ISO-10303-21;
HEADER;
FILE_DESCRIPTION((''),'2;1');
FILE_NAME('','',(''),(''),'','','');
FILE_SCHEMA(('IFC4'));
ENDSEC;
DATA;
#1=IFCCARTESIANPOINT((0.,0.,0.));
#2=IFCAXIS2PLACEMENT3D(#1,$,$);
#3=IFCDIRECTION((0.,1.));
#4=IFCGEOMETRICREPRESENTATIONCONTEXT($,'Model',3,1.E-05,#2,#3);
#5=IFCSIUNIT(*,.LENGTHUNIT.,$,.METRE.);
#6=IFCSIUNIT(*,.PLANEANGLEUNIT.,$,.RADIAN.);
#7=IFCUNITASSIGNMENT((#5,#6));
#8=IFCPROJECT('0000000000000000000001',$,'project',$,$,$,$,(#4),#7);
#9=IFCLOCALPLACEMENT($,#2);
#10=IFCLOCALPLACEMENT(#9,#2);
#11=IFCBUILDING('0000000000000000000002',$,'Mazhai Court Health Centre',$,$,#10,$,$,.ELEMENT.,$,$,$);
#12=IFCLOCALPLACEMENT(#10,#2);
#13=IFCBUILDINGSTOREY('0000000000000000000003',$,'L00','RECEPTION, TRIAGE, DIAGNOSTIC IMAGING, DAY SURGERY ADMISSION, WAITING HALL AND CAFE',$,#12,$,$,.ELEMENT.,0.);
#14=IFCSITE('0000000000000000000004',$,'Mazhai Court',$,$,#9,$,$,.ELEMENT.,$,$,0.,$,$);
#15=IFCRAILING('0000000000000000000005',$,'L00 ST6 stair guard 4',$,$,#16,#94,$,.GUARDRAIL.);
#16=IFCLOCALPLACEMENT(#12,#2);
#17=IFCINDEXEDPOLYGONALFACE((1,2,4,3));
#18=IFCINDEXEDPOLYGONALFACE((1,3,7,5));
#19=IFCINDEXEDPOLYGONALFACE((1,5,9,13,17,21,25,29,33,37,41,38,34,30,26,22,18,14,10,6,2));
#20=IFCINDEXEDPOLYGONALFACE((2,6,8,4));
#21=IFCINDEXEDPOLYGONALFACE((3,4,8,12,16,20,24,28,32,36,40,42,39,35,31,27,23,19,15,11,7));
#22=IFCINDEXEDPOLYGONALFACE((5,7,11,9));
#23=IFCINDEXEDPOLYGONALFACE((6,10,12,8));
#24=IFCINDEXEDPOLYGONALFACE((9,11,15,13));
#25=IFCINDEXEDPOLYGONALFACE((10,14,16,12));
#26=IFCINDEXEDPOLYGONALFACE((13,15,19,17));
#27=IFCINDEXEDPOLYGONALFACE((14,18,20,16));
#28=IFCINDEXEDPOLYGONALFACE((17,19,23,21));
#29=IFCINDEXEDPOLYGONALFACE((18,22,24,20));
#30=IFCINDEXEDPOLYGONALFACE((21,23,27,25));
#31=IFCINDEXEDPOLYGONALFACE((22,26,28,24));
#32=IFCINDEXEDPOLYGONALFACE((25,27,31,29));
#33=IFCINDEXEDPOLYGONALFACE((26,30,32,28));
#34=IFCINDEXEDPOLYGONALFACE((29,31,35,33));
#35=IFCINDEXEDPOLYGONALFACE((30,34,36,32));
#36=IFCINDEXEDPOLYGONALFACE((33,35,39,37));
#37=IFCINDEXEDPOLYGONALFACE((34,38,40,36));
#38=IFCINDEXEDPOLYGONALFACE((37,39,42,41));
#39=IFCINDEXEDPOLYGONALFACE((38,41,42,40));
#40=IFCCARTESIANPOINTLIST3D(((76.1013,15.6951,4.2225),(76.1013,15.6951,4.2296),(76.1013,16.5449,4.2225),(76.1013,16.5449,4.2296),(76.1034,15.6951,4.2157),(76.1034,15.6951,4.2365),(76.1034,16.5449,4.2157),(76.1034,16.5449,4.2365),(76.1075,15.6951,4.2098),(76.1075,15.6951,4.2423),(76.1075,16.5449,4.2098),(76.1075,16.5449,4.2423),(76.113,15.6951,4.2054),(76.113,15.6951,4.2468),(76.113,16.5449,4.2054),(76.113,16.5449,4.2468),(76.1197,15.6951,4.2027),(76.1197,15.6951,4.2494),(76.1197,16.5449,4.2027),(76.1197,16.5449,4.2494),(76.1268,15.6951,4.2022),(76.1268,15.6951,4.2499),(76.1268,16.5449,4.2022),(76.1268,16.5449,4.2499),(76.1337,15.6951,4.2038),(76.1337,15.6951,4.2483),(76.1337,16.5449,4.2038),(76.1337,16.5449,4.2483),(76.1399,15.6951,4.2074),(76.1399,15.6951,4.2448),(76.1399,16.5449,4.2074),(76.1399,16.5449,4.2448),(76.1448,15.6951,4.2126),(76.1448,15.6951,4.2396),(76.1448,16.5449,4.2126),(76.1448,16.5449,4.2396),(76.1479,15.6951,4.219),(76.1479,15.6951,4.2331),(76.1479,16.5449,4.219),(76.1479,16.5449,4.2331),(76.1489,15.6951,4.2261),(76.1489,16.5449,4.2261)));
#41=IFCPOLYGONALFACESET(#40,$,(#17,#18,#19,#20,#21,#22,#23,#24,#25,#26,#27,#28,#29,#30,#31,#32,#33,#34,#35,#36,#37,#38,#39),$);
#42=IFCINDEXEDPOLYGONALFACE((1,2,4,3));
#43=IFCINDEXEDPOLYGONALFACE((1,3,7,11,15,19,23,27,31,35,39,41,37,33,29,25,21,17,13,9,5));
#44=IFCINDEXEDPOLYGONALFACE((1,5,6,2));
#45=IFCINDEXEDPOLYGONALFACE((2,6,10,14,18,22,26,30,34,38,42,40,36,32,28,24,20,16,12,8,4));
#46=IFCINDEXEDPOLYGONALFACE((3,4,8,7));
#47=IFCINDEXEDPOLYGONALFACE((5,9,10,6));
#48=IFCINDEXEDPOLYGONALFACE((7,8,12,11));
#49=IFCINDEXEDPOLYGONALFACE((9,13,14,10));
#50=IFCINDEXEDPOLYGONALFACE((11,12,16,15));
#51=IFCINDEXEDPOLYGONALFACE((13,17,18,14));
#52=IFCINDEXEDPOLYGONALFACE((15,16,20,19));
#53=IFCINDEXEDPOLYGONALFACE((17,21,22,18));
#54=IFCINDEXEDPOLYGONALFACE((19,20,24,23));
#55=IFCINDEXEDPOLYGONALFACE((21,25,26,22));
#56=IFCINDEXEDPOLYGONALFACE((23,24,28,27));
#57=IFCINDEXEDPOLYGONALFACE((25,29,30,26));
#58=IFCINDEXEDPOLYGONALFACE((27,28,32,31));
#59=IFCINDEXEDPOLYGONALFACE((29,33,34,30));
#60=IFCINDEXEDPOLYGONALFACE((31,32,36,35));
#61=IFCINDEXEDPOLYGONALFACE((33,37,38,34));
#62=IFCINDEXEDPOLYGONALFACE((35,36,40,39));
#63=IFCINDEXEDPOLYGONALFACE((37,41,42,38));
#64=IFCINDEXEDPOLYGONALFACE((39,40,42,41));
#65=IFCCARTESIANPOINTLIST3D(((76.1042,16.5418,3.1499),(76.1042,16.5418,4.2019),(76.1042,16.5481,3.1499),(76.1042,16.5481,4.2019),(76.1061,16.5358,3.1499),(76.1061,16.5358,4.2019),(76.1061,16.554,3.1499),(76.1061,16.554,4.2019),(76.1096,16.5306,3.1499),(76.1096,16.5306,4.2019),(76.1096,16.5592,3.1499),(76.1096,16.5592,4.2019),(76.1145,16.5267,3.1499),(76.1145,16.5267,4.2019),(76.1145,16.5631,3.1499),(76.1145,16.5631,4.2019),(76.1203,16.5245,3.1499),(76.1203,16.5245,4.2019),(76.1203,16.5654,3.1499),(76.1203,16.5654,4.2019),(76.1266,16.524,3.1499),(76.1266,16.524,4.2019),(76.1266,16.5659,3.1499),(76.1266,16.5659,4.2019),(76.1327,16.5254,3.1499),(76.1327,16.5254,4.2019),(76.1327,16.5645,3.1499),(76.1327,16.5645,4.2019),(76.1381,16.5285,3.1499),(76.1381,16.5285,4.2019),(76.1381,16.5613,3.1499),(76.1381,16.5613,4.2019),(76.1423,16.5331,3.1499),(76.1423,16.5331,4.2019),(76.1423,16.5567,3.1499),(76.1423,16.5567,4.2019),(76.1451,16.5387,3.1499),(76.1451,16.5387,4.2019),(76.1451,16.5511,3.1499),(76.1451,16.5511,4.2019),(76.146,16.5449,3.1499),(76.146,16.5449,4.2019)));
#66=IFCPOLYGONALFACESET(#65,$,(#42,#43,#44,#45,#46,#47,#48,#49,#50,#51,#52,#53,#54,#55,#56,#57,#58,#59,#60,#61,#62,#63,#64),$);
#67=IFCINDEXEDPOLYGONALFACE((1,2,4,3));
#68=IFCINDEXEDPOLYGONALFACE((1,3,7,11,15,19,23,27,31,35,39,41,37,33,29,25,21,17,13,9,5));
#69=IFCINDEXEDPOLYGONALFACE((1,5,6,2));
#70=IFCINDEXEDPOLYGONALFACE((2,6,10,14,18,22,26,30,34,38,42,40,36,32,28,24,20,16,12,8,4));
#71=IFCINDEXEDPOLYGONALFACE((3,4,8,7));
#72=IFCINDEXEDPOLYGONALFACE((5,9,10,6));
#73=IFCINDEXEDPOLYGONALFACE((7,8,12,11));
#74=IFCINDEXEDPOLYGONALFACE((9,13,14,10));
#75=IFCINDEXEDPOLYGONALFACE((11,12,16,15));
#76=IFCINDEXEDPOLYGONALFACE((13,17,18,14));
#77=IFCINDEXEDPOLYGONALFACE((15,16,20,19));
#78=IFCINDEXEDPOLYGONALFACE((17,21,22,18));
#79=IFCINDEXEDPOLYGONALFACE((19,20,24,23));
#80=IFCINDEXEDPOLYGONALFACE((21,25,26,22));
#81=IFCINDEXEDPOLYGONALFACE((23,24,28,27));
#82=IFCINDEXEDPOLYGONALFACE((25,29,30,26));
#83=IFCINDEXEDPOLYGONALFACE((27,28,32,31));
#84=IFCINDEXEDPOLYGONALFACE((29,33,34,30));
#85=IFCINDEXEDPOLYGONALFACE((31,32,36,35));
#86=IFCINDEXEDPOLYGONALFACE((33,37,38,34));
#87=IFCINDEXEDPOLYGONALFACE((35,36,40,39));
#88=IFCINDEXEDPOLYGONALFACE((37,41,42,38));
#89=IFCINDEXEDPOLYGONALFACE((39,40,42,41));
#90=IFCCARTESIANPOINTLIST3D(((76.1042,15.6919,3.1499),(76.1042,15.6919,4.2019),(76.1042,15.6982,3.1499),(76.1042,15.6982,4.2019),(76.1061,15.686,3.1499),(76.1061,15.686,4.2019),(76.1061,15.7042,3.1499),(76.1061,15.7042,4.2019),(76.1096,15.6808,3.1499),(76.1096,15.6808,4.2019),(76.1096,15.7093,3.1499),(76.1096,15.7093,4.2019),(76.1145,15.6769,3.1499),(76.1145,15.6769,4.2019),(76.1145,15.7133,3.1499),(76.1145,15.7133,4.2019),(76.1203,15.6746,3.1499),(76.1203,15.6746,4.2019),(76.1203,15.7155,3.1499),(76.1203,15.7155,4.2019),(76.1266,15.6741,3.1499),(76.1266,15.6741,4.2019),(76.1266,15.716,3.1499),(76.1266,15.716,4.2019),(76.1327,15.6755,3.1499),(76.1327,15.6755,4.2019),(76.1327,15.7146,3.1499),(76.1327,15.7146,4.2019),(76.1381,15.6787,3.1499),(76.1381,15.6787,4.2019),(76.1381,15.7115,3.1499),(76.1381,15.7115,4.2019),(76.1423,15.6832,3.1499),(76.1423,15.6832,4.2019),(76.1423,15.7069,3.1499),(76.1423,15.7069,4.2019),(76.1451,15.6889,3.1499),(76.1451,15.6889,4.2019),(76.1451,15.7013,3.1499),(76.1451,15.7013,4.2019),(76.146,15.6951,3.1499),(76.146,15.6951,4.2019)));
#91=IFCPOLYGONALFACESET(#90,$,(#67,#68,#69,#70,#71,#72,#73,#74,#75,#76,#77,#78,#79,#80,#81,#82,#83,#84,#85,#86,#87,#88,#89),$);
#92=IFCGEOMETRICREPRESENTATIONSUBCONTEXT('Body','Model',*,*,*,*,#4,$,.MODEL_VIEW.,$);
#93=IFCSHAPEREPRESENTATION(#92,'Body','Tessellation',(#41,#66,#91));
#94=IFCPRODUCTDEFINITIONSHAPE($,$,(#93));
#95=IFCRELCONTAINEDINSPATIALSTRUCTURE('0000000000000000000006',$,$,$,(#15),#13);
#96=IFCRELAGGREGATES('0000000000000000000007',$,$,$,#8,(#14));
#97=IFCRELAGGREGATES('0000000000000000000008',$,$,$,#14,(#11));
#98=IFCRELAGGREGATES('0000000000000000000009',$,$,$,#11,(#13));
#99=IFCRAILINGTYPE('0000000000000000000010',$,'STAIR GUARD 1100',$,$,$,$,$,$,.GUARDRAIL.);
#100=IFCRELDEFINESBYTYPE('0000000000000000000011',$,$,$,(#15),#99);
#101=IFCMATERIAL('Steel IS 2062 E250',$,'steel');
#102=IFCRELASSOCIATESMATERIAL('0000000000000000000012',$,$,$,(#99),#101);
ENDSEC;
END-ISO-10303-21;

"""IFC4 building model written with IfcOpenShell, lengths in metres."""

from ifc_helpers import new_model, si_unit, direction, frame, origin, origin_2d, place, context, subcontext, project, spatial, circle, extrude, material, type_object, element, save


model = new_model("IFC4")

# Units and contexts
model_context = context("Model", 3, precision=1e-05, world=origin(), true_north=direction((0.0, 1.0)))
body_context = subcontext(model_context, "Body", "Model", "MODEL_VIEW")
ifc_project = project(units=[si_unit("LENGTHUNIT", "METRE"), si_unit("PLANEANGLEUNIT", "RADIAN")], contexts=[model_context])

# Site, building, storey
site_placement = place(None, origin())
site = spatial("IfcSite", under=ifc_project, at=site_placement, Name="Mazhai Court", CompositionType="ELEMENT", RefElevation=0.0)
building_placement = place(site_placement, origin())
building = spatial("IfcBuilding", under=site, at=building_placement, Name="Mazhai Court Health Centre", CompositionType="ELEMENT")
storey_placement = place(building_placement, origin())
storey = spatial("IfcBuildingStorey", under=building, at=storey_placement, Name="L00", Description="RECEPTION, TRIAGE, DIAGNOSTIC IMAGING, DAY SURGERY ADMISSION, WAITING HALL AND CAFE", CompositionType="ELEMENT", Elevation=0.0)

# Railing
ifc_material_1 = material(Name="Steel IS 2062 E250", Category="steel")
railing_type_1 = type_object("IfcRailingType", Name="STAIR GUARD 1100", PredefinedType="GUARDRAIL", material=ifc_material_1)
railing_1_placement = place(storey_placement, frame((76.125, 16.5449, 3.1499)))
element("IfcRailing", 1, at=railing_1_placement, inside=storey, type_object=railing_type_1, Name="L00 ST6 stair guard 4", PredefinedType="GUARDRAIL", context=body_context, shape_type="SweptSolid", body=[
    extrude(circle(Radius=0.0239, at=origin_2d()), frame((0.0, 0.0, 1.0762), z_axis=(0.0, -1.0, 0.0), x_axis=(1.0, 0.0, 0.0)), (0.0, 0.0, 1.0), 0.8499),
    extrude(circle(Radius=0.021, at=origin_2d()), origin(), (0.0, 0.0, 1.0), 1.052),
    extrude(circle(Radius=0.021, at=origin_2d()), frame((0.0, -0.8499, 0.0)), (0.0, 0.0, 1.0), 1.052),
])

save(model, "model.ifc")
